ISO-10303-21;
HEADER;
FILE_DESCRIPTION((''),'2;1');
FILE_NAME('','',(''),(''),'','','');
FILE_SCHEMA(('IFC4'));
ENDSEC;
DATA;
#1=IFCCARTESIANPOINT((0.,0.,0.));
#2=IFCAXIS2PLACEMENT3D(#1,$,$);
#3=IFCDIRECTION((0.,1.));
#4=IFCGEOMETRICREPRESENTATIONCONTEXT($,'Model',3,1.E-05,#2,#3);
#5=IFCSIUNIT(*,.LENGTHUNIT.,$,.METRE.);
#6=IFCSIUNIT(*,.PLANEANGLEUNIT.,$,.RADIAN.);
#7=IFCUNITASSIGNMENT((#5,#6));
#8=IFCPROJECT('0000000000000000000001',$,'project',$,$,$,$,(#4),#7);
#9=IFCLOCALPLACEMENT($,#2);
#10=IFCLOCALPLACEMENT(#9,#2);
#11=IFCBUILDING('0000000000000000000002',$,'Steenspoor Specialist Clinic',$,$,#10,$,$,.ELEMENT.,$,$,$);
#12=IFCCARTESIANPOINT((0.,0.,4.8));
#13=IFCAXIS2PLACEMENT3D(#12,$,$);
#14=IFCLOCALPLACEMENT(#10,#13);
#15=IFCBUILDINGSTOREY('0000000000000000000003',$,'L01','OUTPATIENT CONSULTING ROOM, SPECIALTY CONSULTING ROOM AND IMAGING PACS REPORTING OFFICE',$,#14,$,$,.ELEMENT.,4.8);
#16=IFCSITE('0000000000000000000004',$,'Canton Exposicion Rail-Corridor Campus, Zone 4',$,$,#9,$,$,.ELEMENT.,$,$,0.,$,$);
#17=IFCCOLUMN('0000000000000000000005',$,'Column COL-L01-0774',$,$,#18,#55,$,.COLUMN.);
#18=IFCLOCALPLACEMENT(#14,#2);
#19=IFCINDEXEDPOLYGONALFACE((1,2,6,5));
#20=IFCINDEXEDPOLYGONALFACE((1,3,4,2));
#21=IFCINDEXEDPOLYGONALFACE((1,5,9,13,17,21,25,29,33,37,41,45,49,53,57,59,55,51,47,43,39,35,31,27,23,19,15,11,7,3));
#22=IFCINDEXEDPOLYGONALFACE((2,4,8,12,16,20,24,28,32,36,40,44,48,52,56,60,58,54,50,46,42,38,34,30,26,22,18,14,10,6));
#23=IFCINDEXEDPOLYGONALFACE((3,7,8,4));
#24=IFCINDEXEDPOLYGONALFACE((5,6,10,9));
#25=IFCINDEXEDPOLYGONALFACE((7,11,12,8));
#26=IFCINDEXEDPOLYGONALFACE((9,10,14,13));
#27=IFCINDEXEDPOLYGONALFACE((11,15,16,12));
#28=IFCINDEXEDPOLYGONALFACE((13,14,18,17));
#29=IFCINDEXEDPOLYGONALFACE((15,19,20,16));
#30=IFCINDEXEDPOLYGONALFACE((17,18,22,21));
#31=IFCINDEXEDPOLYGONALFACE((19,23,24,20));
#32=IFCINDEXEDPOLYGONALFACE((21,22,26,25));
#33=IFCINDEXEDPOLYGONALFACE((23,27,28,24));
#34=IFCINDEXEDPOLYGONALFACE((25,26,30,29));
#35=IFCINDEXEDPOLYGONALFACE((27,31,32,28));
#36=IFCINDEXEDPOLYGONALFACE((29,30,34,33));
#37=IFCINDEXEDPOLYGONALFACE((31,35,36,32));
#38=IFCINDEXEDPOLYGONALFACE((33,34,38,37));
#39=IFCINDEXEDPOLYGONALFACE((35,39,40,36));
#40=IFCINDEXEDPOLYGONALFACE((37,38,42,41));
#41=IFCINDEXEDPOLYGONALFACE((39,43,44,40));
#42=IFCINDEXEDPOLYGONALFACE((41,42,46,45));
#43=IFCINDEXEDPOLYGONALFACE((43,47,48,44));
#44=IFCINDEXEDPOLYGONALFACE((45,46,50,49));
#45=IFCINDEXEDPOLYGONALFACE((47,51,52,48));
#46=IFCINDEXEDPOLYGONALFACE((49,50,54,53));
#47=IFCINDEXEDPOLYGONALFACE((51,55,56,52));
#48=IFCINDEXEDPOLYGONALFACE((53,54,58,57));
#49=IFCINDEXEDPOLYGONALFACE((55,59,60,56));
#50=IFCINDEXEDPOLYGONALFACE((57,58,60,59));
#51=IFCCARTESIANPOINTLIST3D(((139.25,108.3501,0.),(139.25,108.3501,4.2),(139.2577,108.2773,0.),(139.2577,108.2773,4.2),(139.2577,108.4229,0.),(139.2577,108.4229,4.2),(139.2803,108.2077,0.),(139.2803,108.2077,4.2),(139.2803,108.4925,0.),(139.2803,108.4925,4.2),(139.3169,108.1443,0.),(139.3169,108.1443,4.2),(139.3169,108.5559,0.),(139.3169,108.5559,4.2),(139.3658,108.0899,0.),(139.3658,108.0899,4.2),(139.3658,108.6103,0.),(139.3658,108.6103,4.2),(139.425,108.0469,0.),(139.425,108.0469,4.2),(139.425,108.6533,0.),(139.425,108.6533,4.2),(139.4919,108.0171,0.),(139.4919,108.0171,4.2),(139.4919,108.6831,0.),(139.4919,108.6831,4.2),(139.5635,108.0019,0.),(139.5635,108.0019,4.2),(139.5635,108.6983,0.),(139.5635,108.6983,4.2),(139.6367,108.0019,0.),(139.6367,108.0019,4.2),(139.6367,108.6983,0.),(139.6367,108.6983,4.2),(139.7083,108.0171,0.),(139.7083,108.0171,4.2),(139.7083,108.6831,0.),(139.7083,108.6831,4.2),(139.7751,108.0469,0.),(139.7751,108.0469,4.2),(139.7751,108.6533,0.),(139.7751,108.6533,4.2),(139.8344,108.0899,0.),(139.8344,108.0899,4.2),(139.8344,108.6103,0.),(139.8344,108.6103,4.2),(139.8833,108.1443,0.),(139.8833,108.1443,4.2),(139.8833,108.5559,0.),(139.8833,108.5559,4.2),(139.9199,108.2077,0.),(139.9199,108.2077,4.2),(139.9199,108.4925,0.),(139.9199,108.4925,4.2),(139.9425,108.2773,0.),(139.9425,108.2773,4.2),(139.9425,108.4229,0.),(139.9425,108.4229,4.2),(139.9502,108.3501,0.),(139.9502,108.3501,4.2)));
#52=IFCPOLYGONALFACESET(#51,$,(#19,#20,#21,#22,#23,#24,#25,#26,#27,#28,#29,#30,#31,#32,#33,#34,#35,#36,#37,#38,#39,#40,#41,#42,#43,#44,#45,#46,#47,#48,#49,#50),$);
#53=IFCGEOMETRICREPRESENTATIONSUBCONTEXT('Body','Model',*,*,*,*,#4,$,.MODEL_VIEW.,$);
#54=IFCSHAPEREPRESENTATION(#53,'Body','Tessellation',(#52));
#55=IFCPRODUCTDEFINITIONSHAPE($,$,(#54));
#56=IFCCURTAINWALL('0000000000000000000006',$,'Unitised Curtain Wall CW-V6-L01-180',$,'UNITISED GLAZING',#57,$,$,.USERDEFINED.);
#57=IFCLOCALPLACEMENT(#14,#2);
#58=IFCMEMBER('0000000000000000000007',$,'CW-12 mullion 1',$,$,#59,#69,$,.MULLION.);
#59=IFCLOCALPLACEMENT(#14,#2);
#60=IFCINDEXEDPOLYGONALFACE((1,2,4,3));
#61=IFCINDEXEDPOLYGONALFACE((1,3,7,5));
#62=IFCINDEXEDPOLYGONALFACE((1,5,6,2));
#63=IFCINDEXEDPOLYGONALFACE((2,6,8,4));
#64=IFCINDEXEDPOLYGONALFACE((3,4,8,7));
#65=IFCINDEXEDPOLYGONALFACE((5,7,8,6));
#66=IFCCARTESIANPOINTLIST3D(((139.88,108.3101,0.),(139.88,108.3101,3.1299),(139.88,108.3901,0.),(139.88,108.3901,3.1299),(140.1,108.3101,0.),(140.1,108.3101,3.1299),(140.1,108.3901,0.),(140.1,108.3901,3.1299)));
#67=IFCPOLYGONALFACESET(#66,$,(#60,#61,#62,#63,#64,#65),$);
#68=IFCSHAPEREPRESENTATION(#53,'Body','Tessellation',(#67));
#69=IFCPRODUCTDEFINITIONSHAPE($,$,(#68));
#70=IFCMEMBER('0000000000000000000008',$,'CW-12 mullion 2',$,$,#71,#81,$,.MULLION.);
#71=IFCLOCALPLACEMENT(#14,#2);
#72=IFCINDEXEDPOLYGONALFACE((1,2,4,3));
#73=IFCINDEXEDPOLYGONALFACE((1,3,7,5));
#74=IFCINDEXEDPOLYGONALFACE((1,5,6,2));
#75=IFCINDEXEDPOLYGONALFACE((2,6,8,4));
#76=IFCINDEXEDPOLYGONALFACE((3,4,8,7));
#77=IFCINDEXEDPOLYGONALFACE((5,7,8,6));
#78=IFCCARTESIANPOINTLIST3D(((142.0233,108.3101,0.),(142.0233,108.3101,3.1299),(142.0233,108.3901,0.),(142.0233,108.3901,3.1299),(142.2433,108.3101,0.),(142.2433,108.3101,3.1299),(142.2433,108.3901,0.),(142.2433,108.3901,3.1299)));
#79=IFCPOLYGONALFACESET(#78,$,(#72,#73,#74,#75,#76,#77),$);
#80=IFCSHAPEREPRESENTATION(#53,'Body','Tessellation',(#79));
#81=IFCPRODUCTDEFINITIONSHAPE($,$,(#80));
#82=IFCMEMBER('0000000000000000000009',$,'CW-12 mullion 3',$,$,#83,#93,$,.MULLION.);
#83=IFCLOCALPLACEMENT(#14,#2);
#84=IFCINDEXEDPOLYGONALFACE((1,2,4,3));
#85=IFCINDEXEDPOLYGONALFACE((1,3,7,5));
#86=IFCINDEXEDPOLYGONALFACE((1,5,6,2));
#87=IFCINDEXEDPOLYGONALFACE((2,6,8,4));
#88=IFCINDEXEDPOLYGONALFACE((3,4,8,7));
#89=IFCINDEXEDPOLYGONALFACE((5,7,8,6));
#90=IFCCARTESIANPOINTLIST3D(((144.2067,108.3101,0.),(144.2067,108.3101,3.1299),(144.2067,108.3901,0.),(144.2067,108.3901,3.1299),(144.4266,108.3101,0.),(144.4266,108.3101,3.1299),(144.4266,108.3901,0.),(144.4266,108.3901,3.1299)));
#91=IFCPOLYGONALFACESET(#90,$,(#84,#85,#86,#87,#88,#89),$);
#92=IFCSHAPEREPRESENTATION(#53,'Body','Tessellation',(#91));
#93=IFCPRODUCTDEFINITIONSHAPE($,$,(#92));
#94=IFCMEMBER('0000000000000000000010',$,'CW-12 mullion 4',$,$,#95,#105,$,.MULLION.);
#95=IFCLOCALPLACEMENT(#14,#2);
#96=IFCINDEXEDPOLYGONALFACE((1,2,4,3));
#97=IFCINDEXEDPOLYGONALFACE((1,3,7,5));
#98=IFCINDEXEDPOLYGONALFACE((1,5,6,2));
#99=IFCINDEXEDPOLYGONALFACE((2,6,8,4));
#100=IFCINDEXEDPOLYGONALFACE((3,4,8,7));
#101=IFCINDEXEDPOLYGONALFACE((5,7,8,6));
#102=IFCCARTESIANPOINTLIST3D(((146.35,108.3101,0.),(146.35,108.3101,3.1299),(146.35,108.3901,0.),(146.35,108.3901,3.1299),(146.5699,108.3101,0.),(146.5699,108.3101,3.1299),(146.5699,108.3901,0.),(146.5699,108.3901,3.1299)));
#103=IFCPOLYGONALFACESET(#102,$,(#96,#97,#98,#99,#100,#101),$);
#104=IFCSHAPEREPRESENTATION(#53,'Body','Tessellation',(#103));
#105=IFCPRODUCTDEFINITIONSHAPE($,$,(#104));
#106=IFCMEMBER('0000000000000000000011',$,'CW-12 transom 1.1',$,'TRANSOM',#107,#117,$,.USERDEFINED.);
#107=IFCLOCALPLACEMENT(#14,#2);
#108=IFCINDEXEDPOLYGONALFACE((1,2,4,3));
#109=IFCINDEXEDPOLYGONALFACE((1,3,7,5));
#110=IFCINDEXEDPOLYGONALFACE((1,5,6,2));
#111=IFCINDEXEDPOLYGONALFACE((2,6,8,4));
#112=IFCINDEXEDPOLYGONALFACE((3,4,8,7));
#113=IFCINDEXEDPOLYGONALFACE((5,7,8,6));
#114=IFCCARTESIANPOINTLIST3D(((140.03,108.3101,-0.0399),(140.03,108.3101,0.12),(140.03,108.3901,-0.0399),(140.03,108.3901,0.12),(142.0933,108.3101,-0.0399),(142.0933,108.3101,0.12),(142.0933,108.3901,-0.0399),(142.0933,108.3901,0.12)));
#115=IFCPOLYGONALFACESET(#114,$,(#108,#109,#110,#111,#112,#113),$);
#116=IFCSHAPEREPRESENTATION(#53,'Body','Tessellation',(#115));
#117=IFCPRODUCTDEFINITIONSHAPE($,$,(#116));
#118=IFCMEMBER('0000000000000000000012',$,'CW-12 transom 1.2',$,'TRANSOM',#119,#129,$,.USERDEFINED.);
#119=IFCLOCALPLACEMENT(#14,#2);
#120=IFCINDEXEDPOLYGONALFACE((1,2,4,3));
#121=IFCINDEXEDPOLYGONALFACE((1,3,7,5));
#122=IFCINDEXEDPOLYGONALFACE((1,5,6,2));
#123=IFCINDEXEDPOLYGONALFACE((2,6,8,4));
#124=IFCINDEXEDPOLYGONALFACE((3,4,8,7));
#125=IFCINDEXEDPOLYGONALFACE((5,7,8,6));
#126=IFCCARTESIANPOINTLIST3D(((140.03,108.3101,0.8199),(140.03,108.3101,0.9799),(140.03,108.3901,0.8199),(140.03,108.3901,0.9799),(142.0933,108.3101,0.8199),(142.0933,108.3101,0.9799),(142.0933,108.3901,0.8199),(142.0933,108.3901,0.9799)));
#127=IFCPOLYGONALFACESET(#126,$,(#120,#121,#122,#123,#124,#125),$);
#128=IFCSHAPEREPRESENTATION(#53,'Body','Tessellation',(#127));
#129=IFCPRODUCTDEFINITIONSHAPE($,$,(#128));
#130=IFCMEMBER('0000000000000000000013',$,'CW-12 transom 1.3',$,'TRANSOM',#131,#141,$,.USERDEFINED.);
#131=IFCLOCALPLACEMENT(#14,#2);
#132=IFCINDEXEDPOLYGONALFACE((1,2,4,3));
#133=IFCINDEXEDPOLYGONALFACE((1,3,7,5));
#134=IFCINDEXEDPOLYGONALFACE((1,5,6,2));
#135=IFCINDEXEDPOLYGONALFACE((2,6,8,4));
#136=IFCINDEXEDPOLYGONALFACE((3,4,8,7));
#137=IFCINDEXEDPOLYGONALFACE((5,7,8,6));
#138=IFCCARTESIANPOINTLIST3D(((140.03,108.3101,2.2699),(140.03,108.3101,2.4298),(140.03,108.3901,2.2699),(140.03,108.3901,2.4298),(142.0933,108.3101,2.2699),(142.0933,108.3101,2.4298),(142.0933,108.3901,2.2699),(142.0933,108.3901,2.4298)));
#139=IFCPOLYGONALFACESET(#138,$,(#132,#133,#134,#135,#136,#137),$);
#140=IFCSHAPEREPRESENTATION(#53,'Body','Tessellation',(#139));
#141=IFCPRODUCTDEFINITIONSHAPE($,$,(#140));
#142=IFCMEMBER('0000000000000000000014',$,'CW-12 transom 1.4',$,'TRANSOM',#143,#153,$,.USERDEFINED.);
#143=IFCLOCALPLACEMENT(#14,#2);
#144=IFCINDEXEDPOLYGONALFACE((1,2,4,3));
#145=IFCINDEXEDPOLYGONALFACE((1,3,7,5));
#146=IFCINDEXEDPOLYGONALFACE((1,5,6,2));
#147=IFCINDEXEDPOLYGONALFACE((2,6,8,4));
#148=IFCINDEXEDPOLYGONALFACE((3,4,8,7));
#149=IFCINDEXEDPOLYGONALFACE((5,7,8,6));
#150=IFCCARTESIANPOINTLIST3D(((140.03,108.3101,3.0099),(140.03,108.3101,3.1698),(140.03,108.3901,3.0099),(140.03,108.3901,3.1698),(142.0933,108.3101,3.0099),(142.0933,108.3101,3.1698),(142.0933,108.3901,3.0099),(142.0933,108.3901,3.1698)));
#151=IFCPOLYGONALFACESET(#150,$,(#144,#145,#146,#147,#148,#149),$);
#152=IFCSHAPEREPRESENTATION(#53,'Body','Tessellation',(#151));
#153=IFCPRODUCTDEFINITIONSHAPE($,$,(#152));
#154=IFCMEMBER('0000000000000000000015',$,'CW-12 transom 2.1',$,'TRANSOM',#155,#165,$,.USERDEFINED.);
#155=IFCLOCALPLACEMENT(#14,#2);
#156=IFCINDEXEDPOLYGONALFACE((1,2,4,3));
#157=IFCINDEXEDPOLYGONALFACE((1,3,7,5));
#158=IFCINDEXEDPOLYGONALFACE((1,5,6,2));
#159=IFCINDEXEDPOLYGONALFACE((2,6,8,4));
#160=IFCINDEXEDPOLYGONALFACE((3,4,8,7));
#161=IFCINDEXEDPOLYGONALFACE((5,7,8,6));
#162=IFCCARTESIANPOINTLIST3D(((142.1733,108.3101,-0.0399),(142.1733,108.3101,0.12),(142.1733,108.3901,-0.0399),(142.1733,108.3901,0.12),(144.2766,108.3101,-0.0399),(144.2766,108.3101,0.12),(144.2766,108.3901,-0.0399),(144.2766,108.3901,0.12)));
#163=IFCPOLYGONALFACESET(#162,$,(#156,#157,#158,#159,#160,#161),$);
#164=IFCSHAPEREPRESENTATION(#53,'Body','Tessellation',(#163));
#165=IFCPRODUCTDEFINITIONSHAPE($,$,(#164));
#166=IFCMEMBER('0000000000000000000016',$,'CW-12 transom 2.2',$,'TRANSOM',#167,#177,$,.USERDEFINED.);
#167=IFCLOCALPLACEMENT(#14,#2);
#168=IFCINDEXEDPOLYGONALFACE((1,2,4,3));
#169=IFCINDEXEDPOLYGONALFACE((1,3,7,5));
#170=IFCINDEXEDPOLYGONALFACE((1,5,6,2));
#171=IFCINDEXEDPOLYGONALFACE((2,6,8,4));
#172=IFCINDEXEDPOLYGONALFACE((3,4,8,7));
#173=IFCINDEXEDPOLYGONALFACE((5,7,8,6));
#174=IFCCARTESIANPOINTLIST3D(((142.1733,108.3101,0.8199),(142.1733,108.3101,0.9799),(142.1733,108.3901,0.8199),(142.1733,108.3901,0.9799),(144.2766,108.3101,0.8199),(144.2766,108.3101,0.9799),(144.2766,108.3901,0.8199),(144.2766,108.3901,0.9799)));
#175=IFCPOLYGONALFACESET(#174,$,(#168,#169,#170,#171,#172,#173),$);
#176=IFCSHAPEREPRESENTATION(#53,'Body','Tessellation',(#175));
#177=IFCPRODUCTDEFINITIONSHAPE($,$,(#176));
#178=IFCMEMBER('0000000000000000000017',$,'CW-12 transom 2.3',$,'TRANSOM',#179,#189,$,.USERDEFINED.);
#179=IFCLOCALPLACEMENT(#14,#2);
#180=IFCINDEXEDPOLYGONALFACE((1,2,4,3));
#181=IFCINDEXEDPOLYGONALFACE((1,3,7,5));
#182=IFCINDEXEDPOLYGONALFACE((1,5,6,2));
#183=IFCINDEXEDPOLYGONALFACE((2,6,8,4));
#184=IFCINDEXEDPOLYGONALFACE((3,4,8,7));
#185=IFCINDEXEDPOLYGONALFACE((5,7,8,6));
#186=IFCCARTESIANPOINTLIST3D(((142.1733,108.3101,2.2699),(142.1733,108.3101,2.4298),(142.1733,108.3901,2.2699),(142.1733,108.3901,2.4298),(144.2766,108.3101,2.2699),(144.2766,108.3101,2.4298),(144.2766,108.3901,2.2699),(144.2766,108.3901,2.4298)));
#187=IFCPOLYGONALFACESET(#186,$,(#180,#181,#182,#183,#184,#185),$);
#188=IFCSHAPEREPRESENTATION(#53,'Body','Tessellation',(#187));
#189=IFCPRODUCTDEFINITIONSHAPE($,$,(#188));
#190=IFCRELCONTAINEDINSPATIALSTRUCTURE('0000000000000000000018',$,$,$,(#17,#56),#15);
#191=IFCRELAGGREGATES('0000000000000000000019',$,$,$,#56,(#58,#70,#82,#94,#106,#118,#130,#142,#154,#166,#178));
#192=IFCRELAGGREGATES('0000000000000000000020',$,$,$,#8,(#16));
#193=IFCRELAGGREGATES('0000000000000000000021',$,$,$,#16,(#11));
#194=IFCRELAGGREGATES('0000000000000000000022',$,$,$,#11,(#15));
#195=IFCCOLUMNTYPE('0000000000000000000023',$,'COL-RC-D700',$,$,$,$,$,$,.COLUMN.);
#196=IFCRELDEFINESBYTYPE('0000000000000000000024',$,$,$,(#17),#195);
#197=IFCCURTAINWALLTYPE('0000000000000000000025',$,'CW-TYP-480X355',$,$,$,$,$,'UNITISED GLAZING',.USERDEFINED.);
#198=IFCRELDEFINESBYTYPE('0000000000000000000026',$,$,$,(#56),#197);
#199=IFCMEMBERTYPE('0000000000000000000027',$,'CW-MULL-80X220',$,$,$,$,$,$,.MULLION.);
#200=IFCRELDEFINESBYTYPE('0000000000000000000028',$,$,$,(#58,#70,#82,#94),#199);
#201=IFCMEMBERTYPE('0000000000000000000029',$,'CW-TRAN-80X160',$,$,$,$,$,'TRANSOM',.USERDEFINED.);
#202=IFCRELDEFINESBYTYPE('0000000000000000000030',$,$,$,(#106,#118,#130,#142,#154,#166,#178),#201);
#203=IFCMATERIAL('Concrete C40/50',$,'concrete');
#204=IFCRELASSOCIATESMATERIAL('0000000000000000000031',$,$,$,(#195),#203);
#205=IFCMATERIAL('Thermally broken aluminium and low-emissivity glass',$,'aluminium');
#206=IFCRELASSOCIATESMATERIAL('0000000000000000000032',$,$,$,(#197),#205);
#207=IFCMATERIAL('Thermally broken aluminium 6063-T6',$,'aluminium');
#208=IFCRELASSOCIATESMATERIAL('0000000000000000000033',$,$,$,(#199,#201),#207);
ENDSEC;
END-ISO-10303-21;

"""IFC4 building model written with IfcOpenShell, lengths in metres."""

from ifc_helpers import new_model, si_unit, direction, frame, origin, origin_2d, place, context, subcontext, project, spatial, rectangle, circle, extrude, material, material_profile, profile_set, type_object, element, aggregate, save


model = new_model("IFC4")

# Units and contexts
model_context = context("Model", 3, precision=1e-05, world=origin(), true_north=direction((0.0, 1.0)))
body_context = subcontext(model_context, "Body", "Model", "MODEL_VIEW")
ifc_project = project(units=[si_unit("LENGTHUNIT", "METRE"), si_unit("PLANEANGLEUNIT", "RADIAN")], contexts=[model_context])

# Site, building, storey
site_placement = place(None, origin())
site = spatial("IfcSite", under=ifc_project, at=site_placement, Name="Canton Exposicion Rail-Corridor Campus, Zone 4", CompositionType="ELEMENT", RefElevation=0.0)
building_placement = place(site_placement, origin())
building = spatial("IfcBuilding", under=site, at=building_placement, Name="Steenspoor Specialist Clinic", CompositionType="ELEMENT")
storey_placement = place(building_placement, frame((0.0, 0.0, 4.8)))
storey = spatial("IfcBuildingStorey", under=building, at=storey_placement, Name="L01", Description="OUTPATIENT CONSULTING ROOM, SPECIALTY CONSULTING ROOM AND IMAGING PACS REPORTING OFFICE", CompositionType="ELEMENT", Elevation=4.8)

# Column
ifc_material_1 = material(Name="Concrete C40/50", Category="concrete")
ifc_material_profile_1 = material_profile(ifc_material_1, circle(Radius=0.3501, at=origin_2d()), Name="RC-COL-D700")
ifc_profile_set_1 = profile_set([ifc_material_profile_1], Name="Concrete C40/50")
column_type = type_object("IfcColumnType", Name="COL-RC-D700", PredefinedType="COLUMN", material=ifc_profile_set_1)
column_placement = place(storey_placement, frame((139.6001, 108.3501, 0.0), z_axis=(0.0, 0.0, 1.0), x_axis=(1.0, 0.0, 0.0)))
element("IfcColumn", 1, at=column_placement, inside=storey, type_object=column_type, Name="Column COL-L01-0774", PredefinedType="COLUMN", context=body_context, shape_type="SweptSolid", body=[
    extrude(circle(Radius=0.3501, at=origin_2d()), origin(), (0.0, 0.0, 1.0), 4.2),
])

# Curtain wall, members
ifc_material_2 = material(Name="Thermally broken aluminium and low-emissivity glass", Category="aluminium")
curtain_wall_type = type_object("IfcCurtainWallType", Name="CW-TYP-480X355", ElementType="UNITISED GLAZING", PredefinedType="USERDEFINED", material=ifc_material_2)
curtain_wall_placement = place(storey_placement, origin())
curtain_wall = element("IfcCurtainWall", 2, at=curtain_wall_placement, inside=storey, type_object=curtain_wall_type, Name="Unitised Curtain Wall CW-V6-L01-180", ObjectType="UNITISED GLAZING", PredefinedType="USERDEFINED")
ifc_material_3 = material(Name="Thermally broken aluminium 6063-T6", Category="aluminium")
ifc_material_profile_2 = material_profile(ifc_material_3, rectangle(XDim=0.0801, YDim=0.22, at=origin_2d()), Name="CWM-80X220")
ifc_profile_set_2 = profile_set([ifc_material_profile_2], Name="Thermally broken aluminium 6063-T6")
member_type_1 = type_object("IfcMemberType", Name="CW-MULL-80X220", PredefinedType="MULLION", material=ifc_profile_set_2)
member_1_placement = place(storey_placement, frame((139.99, 108.3501, 0.0), z_axis=(0.0, 0.0, 1.0), x_axis=(0.0, 1.0, 0.0)))
member_1 = element("IfcMember", 3, at=member_1_placement, type_object=member_type_1, Name="CW-12 mullion 1", PredefinedType="MULLION", context=body_context, shape_type="SweptSolid", body=[
    extrude(rectangle(XDim=0.0801, YDim=0.22, at=origin_2d()), origin(), (0.0, 0.0, 1.0), 3.1299),
])
member_2_placement = place(storey_placement, frame((142.1333, 108.3501, 0.0), z_axis=(0.0, 0.0, 1.0), x_axis=(0.0, 1.0, 0.0)))
member_2 = element("IfcMember", 4, at=member_2_placement, type_object=member_type_1, Name="CW-12 mullion 2", PredefinedType="MULLION", context=body_context, shape_type="SweptSolid", body=[
    extrude(rectangle(XDim=0.0801, YDim=0.22, at=origin_2d()), origin(), (0.0, 0.0, 1.0), 3.1299),
])
member_3_placement = place(storey_placement, frame((144.3167, 108.3501, 0.0), z_axis=(0.0, 0.0, 1.0), x_axis=(0.0, 1.0, 0.0)))
member_3 = element("IfcMember", 5, at=member_3_placement, type_object=member_type_1, Name="CW-12 mullion 3", PredefinedType="MULLION", context=body_context, shape_type="SweptSolid", body=[
    extrude(rectangle(XDim=0.0801, YDim=0.22, at=origin_2d()), origin(), (0.0, 0.0, 1.0), 3.1299),
])
member_4_placement = place(storey_placement, frame((146.46, 108.3501, 0.0), z_axis=(0.0, 0.0, 1.0), x_axis=(0.0, 1.0, 0.0)))
member_4 = element("IfcMember", 6, at=member_4_placement, type_object=member_type_1, Name="CW-12 mullion 4", PredefinedType="MULLION", context=body_context, shape_type="SweptSolid", body=[
    extrude(rectangle(XDim=0.0801, YDim=0.22, at=origin_2d()), origin(), (0.0, 0.0, 1.0), 3.1299),
])
ifc_material_profile_3 = material_profile(ifc_material_3, rectangle(XDim=0.0801, YDim=0.1599, at=origin_2d()), Name="CWT-80X160")
ifc_profile_set_3 = profile_set([ifc_material_profile_3], Name="Thermally broken aluminium 6063-T6")
member_type_2 = type_object("IfcMemberType", Name="CW-TRAN-80X160", ElementType="TRANSOM", PredefinedType="USERDEFINED", material=ifc_profile_set_3)
member_5_placement = place(storey_placement, frame((140.03, 108.3501, 0.04), z_axis=(1.0, 0.0, 0.0), x_axis=(0.0, 1.0, 0.0)))
member_5 = element("IfcMember", 7, at=member_5_placement, type_object=member_type_2, Name="CW-12 transom 1.1", ObjectType="TRANSOM", PredefinedType="USERDEFINED", context=body_context, shape_type="SweptSolid", body=[
    extrude(rectangle(XDim=0.0801, YDim=0.1599, at=origin_2d()), origin(), (0.0, 0.0, 1.0), 2.0632),
])
member_6_placement = place(storey_placement, frame((140.03, 108.3501, 0.8999), z_axis=(1.0, 0.0, 0.0), x_axis=(0.0, 1.0, 0.0)))
member_6 = element("IfcMember", 8, at=member_6_placement, type_object=member_type_2, Name="CW-12 transom 1.2", ObjectType="TRANSOM", PredefinedType="USERDEFINED", context=body_context, shape_type="SweptSolid", body=[
    extrude(rectangle(XDim=0.0801, YDim=0.1599, at=origin_2d()), origin(), (0.0, 0.0, 1.0), 2.0632),
])
member_7_placement = place(storey_placement, frame((140.03, 108.3501, 2.3499), z_axis=(1.0, 0.0, 0.0), x_axis=(0.0, 1.0, 0.0)))
member_7 = element("IfcMember", 9, at=member_7_placement, type_object=member_type_2, Name="CW-12 transom 1.3", ObjectType="TRANSOM", PredefinedType="USERDEFINED", context=body_context, shape_type="SweptSolid", body=[
    extrude(rectangle(XDim=0.0801, YDim=0.1599, at=origin_2d()), origin(), (0.0, 0.0, 1.0), 2.0632),
])
member_8_placement = place(storey_placement, frame((140.03, 108.3501, 3.0898), z_axis=(1.0, 0.0, 0.0), x_axis=(0.0, 1.0, 0.0)))
member_8 = element("IfcMember", 10, at=member_8_placement, type_object=member_type_2, Name="CW-12 transom 1.4", ObjectType="TRANSOM", PredefinedType="USERDEFINED", context=body_context, shape_type="SweptSolid", body=[
    extrude(rectangle(XDim=0.0801, YDim=0.1599, at=origin_2d()), origin(), (0.0, 0.0, 1.0), 2.0632),
])
member_9_placement = place(storey_placement, frame((142.1733, 108.3501, 0.04), z_axis=(1.0, 0.0, 0.0), x_axis=(0.0, 1.0, 0.0)))
member_9 = element("IfcMember", 11, at=member_9_placement, type_object=member_type_2, Name="CW-12 transom 2.1", ObjectType="TRANSOM", PredefinedType="USERDEFINED", context=body_context, shape_type="SweptSolid", body=[
    extrude(rectangle(XDim=0.0801, YDim=0.1599, at=origin_2d()), origin(), (0.0, 0.0, 1.0), 2.1033),
])
member_10_placement = place(storey_placement, frame((142.1733, 108.3501, 0.8999), z_axis=(1.0, 0.0, 0.0), x_axis=(0.0, 1.0, 0.0)))
member_10 = element("IfcMember", 12, at=member_10_placement, type_object=member_type_2, Name="CW-12 transom 2.2", ObjectType="TRANSOM", PredefinedType="USERDEFINED", context=body_context, shape_type="SweptSolid", body=[
    extrude(rectangle(XDim=0.0801, YDim=0.1599, at=origin_2d()), origin(), (0.0, 0.0, 1.0), 2.1033),
])
member_11_placement = place(storey_placement, frame((142.1733, 108.3501, 2.3499), z_axis=(1.0, 0.0, 0.0), x_axis=(0.0, 1.0, 0.0)))
member_11 = element("IfcMember", 13, at=member_11_placement, type_object=member_type_2, Name="CW-12 transom 2.3", ObjectType="TRANSOM", PredefinedType="USERDEFINED", context=body_context, shape_type="SweptSolid", body=[
    extrude(rectangle(XDim=0.0801, YDim=0.1599, at=origin_2d()), origin(), (0.0, 0.0, 1.0), 2.1033),
])

aggregate(curtain_wall, [member_1, member_2, member_3, member_4, member_5, member_6, member_7, member_8, member_9, member_10, member_11])

save(model, "model.ifc")
